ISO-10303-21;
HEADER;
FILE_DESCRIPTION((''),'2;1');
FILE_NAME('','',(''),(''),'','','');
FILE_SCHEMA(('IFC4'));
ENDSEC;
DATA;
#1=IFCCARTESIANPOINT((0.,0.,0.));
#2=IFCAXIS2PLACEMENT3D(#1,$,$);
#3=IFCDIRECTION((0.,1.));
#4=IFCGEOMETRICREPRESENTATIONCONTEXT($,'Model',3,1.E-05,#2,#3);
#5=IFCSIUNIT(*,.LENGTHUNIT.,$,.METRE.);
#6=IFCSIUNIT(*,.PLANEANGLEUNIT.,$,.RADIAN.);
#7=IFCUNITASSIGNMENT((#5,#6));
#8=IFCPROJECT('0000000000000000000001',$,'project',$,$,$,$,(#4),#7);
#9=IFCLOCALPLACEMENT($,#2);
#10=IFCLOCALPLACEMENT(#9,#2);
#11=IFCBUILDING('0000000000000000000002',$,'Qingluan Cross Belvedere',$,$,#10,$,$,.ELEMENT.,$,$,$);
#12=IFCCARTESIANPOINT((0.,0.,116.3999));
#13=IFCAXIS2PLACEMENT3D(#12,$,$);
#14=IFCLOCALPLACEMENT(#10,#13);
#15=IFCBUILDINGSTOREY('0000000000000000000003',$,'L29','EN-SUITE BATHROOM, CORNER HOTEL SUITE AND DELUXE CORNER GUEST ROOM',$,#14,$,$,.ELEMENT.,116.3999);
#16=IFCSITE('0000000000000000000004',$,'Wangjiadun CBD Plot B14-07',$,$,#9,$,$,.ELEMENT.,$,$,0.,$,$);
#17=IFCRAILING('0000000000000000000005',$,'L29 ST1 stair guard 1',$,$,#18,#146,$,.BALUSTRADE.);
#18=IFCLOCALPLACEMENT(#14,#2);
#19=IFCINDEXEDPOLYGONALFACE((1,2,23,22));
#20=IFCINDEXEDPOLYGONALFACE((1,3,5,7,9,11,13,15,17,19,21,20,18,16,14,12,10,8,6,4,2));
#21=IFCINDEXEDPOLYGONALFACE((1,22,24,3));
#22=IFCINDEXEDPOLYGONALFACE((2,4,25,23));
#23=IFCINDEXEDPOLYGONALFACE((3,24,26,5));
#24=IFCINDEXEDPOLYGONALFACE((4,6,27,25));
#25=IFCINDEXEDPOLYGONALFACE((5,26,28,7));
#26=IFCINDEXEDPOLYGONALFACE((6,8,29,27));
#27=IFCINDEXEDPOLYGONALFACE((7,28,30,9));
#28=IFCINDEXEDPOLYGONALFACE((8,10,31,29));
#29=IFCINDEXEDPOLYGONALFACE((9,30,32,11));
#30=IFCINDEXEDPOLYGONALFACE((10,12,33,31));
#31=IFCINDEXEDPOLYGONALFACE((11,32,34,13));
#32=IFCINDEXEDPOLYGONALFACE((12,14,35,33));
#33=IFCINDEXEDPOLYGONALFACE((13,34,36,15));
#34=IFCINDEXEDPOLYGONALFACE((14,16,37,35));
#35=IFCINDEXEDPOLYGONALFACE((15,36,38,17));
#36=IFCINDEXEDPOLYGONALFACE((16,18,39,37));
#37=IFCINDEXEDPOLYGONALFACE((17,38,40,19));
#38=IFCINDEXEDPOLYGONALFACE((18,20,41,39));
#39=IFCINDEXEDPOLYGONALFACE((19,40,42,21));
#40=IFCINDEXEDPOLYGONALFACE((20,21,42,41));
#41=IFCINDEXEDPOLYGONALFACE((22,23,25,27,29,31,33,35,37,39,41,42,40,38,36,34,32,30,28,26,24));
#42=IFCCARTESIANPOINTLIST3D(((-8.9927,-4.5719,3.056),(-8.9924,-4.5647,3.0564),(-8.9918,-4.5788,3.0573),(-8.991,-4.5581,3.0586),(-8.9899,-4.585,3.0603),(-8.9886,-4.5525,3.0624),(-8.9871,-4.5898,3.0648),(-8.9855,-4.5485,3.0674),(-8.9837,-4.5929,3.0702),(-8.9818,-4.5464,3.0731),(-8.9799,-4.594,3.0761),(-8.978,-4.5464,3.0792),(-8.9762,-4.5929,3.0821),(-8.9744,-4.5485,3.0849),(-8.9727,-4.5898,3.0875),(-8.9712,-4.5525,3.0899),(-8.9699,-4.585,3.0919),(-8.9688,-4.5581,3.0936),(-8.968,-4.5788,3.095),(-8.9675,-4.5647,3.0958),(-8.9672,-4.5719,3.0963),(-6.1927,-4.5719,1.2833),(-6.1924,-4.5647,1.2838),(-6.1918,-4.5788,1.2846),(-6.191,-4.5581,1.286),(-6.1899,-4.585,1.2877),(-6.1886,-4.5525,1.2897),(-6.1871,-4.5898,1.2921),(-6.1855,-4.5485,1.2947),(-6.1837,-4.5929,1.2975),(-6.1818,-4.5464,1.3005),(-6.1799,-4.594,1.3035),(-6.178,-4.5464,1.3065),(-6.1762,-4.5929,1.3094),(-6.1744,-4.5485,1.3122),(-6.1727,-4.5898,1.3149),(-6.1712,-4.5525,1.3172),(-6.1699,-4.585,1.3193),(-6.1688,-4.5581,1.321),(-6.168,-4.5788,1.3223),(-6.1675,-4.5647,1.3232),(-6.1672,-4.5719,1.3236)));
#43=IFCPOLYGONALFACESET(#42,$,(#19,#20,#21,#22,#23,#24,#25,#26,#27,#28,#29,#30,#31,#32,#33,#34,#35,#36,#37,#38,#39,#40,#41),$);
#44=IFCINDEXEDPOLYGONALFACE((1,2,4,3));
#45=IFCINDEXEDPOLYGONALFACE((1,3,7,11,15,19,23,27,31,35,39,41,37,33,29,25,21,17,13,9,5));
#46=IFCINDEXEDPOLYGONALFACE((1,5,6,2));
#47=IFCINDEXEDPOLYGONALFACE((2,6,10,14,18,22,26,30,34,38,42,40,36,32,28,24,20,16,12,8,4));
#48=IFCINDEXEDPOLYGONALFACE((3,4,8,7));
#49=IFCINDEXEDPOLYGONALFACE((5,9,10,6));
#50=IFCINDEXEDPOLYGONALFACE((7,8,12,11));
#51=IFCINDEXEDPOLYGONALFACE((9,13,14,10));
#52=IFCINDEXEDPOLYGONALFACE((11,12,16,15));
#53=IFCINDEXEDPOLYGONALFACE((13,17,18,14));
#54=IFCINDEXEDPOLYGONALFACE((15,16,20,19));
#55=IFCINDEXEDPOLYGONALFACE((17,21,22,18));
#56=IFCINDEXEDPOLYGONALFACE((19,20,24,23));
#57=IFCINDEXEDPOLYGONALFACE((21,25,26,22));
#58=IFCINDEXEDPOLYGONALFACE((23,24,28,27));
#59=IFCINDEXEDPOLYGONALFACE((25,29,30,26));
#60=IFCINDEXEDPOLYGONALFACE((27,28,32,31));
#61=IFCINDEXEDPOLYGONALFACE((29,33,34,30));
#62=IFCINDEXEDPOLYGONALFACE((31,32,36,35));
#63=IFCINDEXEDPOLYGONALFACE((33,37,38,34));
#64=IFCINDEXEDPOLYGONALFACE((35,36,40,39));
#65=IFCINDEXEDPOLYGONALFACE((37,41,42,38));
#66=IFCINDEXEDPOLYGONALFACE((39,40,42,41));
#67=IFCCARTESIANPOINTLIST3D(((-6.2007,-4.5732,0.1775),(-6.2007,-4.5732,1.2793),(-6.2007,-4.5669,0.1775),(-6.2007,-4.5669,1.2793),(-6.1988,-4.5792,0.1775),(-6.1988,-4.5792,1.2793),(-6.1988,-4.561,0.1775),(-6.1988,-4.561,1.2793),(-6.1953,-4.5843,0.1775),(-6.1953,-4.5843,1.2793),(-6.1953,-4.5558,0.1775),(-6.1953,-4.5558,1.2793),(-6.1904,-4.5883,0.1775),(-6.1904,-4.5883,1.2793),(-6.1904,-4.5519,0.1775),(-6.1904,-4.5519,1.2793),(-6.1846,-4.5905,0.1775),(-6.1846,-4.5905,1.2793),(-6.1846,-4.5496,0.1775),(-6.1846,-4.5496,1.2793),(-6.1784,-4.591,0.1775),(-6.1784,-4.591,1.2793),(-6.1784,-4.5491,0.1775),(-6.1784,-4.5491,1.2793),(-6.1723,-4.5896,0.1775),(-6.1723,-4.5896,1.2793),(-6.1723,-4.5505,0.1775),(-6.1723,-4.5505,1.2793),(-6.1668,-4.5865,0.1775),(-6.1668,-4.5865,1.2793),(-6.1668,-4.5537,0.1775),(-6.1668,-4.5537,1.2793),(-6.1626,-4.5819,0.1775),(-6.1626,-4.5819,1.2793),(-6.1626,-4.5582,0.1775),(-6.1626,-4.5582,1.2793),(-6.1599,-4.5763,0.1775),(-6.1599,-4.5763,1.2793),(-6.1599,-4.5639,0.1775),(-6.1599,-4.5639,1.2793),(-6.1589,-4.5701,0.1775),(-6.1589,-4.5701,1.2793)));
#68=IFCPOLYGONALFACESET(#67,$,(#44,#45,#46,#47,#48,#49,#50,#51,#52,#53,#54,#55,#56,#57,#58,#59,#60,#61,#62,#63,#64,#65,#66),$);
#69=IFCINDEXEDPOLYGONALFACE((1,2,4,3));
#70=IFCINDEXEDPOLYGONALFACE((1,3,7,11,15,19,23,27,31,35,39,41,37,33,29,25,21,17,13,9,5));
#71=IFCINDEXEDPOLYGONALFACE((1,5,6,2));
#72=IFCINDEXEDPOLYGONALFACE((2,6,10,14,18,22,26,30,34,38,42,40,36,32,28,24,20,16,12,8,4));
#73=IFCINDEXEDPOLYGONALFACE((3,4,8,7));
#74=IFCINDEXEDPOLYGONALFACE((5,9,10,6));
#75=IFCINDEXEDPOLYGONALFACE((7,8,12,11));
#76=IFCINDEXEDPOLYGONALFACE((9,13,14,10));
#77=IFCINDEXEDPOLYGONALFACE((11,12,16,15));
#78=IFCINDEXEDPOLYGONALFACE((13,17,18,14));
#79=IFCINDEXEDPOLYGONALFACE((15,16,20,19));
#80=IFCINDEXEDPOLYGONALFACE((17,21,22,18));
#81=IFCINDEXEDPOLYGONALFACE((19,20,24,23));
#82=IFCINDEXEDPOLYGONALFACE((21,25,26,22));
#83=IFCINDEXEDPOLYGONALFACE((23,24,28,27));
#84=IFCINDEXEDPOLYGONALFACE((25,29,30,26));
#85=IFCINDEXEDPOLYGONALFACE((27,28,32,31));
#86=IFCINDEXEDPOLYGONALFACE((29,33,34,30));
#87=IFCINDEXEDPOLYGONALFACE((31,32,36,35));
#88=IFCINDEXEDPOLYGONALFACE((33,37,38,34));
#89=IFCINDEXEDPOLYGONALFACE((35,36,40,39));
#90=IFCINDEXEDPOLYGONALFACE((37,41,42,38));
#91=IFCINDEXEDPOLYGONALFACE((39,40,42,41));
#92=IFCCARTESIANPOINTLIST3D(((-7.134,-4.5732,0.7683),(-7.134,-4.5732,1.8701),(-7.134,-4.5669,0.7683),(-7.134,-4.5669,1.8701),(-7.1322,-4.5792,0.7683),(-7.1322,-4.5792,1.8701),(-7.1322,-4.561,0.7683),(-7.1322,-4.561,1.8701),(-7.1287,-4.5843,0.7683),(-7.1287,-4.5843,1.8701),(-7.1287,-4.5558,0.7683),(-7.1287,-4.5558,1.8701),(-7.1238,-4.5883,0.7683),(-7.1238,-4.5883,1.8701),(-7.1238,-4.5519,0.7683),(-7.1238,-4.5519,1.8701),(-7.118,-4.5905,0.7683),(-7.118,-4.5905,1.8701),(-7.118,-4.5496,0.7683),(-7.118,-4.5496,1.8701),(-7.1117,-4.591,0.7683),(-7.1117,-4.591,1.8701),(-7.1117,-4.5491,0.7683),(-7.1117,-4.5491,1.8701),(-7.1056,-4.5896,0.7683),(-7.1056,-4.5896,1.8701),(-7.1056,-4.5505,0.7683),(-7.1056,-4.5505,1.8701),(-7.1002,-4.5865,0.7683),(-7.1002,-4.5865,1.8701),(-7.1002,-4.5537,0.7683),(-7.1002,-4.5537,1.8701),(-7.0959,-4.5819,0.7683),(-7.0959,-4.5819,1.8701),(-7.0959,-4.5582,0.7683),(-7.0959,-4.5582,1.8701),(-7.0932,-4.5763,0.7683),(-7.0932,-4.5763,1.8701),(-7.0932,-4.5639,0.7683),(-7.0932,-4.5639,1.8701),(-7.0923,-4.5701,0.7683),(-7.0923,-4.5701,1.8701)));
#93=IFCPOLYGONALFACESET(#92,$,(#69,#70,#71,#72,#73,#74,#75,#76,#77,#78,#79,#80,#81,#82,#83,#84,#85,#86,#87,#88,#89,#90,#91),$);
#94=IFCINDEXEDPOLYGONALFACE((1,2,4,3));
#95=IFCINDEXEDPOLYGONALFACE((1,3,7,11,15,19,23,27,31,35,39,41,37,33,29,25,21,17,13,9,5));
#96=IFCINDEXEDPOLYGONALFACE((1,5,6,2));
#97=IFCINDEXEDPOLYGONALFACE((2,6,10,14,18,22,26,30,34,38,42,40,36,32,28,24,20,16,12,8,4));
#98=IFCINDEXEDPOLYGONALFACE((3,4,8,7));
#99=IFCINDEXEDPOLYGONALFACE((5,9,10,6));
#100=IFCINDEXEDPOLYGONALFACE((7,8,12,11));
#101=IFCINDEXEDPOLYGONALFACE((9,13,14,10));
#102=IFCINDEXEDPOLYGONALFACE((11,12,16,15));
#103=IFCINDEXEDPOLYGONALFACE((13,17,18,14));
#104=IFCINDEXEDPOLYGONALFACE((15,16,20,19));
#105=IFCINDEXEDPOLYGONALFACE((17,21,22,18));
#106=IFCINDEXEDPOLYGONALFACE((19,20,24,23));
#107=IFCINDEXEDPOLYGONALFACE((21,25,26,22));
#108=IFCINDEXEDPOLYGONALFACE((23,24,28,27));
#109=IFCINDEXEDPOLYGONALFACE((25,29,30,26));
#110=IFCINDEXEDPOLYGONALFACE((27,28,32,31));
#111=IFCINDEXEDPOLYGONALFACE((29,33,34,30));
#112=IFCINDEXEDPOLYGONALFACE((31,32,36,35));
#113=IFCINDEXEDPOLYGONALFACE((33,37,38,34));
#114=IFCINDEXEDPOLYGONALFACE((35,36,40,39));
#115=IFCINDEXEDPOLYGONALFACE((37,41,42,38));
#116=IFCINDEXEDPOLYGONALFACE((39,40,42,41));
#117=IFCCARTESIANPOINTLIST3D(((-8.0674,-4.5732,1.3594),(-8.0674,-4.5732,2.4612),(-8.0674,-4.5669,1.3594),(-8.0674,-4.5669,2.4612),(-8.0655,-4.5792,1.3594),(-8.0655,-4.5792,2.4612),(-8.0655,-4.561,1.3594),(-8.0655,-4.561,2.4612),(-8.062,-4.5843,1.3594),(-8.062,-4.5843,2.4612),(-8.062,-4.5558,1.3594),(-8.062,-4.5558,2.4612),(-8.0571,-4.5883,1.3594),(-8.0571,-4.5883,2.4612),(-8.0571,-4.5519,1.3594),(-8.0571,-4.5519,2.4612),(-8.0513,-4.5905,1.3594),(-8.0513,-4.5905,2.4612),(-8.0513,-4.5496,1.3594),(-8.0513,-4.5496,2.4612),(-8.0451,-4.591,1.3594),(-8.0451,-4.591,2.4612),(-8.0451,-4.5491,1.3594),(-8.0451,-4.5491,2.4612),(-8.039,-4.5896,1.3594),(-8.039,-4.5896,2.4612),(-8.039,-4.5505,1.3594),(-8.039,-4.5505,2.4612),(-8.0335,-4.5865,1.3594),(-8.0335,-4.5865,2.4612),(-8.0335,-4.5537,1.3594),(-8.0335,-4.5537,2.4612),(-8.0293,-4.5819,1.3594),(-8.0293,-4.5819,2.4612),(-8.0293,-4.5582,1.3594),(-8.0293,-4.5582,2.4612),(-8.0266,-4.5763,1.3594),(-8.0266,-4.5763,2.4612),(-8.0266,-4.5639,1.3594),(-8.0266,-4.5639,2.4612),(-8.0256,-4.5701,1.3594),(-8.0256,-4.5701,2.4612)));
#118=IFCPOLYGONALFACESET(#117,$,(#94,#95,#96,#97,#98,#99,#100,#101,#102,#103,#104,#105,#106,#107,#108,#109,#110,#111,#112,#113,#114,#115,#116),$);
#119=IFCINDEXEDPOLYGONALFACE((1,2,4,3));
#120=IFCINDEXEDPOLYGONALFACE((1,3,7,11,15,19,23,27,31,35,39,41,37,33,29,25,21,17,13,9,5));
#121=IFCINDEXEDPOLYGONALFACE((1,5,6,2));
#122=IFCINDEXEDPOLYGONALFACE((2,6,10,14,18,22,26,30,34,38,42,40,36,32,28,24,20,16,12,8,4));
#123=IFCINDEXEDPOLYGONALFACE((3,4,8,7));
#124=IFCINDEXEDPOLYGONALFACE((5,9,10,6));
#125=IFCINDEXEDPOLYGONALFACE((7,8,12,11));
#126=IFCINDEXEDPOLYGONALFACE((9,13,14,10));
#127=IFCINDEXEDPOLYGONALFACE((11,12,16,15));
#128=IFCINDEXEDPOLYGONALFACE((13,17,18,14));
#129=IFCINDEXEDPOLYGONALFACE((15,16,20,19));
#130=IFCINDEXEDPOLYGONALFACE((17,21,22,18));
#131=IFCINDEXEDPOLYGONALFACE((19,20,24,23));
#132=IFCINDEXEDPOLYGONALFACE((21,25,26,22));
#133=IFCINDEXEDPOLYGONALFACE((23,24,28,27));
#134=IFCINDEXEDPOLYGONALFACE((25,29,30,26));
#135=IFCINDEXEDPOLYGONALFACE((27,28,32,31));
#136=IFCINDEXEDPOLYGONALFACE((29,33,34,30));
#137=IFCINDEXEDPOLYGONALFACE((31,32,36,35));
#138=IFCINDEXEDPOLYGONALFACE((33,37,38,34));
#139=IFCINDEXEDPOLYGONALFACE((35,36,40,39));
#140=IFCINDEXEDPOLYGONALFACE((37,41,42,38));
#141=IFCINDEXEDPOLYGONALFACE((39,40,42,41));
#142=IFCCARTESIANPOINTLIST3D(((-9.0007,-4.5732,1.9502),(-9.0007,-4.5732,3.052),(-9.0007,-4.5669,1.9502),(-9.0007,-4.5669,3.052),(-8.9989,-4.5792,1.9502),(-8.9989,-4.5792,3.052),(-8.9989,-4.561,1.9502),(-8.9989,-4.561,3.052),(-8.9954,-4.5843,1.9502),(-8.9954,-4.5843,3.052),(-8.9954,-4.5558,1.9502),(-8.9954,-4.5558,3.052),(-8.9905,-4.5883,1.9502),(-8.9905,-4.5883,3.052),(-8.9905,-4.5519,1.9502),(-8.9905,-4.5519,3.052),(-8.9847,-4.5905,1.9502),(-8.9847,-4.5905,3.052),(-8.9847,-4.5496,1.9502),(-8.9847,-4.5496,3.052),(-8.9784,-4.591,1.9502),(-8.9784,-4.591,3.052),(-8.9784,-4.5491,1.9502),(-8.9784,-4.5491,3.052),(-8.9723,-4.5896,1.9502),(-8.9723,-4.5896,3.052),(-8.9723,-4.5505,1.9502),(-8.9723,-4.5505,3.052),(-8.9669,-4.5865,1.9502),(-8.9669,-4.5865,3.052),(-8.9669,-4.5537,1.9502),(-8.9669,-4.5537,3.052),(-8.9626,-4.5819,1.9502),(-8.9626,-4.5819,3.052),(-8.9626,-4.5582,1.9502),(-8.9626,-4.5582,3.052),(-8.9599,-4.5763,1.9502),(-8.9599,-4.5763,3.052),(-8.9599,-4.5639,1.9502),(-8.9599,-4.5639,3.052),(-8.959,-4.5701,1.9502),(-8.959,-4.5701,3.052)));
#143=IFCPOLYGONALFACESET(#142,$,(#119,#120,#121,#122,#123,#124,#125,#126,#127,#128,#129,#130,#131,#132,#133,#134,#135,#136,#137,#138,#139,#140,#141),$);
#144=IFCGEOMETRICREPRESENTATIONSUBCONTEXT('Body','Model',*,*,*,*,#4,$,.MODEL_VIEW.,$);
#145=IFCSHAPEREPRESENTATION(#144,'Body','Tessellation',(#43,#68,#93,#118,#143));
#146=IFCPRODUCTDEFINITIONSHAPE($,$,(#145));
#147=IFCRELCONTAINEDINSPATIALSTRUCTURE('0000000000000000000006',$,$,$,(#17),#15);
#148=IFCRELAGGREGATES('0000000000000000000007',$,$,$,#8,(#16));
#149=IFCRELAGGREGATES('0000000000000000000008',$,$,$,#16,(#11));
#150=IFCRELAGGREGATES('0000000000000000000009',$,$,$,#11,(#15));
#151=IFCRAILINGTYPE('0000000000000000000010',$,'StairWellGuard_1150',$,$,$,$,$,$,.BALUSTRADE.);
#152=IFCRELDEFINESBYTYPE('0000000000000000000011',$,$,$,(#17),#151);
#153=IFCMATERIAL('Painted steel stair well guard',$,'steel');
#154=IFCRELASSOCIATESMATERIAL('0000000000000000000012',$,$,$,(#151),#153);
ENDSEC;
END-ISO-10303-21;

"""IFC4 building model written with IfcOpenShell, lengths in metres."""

from ifc_helpers import new_model, si_unit, direction, frame, origin, origin_2d, place, context, subcontext, project, spatial, circle, extrude, material, type_object, element, save


model = new_model("IFC4")

# Units and contexts
model_context = context("Model", 3, precision=1e-05, world=origin(), true_north=direction((0.0, 1.0)))
body_context = subcontext(model_context, "Body", "Model", "MODEL_VIEW")
ifc_project = project(units=[si_unit("LENGTHUNIT", "METRE"), si_unit("PLANEANGLEUNIT", "RADIAN")], contexts=[model_context])

# Site, building, storey
site_placement = place(None, origin())
site = spatial("IfcSite", under=ifc_project, at=site_placement, Name="Wangjiadun CBD Plot B14-07", CompositionType="ELEMENT", RefElevation=0.0)
building_placement = place(site_placement, origin())
building = spatial("IfcBuilding", under=site, at=building_placement, Name="Qingluan Cross Belvedere", CompositionType="ELEMENT")
storey_placement = place(building_placement, frame((0.0, 0.0, 116.3999)))
storey = spatial("IfcBuildingStorey", under=building, at=storey_placement, Name="L29", Description="EN-SUITE BATHROOM, CORNER HOTEL SUITE AND DELUXE CORNER GUEST ROOM", CompositionType="ELEMENT", Elevation=116.3999)

# Railing
ifc_material_1 = material(Name="Painted steel stair well guard", Category="steel")
railing_type_1 = type_object("IfcRailingType", Name="StairWellGuard_1150", PredefinedType="BALUSTRADE", material=ifc_material_1)
railing_1_placement = place(storey_placement, frame((-6.1799, -4.5701, 0.1775)))
element("IfcRailing", 1, at=railing_1_placement, inside=storey, type_object=railing_type_1, Name="L29 ST1 stair guard 1", PredefinedType="BALUSTRADE", context=body_context, shape_type="SweptSolid", body=[
    extrude(circle(Radius=0.0239, at=origin_2d()), frame((0.0, 0.0, 1.126), z_axis=(-0.844909, 0.0, 0.53491), x_axis=(0.0, -1.0, 0.0)), (0.0, 0.0, 1.0), 3.314),
    extrude(circle(Radius=0.021, at=origin_2d()), origin(), (0.0, 0.0, 1.0), 1.1018),
    extrude(circle(Radius=0.021, at=origin_2d()), frame((-0.9333, 0.0, 0.5908)), (0.0, 0.0, 1.0), 1.1018),
    extrude(circle(Radius=0.021, at=origin_2d()), frame((-1.8667, 0.0, 1.1819)), (0.0, 0.0, 1.0), 1.1018),
    extrude(circle(Radius=0.021, at=origin_2d()), frame((-2.8, 0.0, 1.7727)), (0.0, 0.0, 1.0), 1.1018),
])

save(model, "model.ifc")
